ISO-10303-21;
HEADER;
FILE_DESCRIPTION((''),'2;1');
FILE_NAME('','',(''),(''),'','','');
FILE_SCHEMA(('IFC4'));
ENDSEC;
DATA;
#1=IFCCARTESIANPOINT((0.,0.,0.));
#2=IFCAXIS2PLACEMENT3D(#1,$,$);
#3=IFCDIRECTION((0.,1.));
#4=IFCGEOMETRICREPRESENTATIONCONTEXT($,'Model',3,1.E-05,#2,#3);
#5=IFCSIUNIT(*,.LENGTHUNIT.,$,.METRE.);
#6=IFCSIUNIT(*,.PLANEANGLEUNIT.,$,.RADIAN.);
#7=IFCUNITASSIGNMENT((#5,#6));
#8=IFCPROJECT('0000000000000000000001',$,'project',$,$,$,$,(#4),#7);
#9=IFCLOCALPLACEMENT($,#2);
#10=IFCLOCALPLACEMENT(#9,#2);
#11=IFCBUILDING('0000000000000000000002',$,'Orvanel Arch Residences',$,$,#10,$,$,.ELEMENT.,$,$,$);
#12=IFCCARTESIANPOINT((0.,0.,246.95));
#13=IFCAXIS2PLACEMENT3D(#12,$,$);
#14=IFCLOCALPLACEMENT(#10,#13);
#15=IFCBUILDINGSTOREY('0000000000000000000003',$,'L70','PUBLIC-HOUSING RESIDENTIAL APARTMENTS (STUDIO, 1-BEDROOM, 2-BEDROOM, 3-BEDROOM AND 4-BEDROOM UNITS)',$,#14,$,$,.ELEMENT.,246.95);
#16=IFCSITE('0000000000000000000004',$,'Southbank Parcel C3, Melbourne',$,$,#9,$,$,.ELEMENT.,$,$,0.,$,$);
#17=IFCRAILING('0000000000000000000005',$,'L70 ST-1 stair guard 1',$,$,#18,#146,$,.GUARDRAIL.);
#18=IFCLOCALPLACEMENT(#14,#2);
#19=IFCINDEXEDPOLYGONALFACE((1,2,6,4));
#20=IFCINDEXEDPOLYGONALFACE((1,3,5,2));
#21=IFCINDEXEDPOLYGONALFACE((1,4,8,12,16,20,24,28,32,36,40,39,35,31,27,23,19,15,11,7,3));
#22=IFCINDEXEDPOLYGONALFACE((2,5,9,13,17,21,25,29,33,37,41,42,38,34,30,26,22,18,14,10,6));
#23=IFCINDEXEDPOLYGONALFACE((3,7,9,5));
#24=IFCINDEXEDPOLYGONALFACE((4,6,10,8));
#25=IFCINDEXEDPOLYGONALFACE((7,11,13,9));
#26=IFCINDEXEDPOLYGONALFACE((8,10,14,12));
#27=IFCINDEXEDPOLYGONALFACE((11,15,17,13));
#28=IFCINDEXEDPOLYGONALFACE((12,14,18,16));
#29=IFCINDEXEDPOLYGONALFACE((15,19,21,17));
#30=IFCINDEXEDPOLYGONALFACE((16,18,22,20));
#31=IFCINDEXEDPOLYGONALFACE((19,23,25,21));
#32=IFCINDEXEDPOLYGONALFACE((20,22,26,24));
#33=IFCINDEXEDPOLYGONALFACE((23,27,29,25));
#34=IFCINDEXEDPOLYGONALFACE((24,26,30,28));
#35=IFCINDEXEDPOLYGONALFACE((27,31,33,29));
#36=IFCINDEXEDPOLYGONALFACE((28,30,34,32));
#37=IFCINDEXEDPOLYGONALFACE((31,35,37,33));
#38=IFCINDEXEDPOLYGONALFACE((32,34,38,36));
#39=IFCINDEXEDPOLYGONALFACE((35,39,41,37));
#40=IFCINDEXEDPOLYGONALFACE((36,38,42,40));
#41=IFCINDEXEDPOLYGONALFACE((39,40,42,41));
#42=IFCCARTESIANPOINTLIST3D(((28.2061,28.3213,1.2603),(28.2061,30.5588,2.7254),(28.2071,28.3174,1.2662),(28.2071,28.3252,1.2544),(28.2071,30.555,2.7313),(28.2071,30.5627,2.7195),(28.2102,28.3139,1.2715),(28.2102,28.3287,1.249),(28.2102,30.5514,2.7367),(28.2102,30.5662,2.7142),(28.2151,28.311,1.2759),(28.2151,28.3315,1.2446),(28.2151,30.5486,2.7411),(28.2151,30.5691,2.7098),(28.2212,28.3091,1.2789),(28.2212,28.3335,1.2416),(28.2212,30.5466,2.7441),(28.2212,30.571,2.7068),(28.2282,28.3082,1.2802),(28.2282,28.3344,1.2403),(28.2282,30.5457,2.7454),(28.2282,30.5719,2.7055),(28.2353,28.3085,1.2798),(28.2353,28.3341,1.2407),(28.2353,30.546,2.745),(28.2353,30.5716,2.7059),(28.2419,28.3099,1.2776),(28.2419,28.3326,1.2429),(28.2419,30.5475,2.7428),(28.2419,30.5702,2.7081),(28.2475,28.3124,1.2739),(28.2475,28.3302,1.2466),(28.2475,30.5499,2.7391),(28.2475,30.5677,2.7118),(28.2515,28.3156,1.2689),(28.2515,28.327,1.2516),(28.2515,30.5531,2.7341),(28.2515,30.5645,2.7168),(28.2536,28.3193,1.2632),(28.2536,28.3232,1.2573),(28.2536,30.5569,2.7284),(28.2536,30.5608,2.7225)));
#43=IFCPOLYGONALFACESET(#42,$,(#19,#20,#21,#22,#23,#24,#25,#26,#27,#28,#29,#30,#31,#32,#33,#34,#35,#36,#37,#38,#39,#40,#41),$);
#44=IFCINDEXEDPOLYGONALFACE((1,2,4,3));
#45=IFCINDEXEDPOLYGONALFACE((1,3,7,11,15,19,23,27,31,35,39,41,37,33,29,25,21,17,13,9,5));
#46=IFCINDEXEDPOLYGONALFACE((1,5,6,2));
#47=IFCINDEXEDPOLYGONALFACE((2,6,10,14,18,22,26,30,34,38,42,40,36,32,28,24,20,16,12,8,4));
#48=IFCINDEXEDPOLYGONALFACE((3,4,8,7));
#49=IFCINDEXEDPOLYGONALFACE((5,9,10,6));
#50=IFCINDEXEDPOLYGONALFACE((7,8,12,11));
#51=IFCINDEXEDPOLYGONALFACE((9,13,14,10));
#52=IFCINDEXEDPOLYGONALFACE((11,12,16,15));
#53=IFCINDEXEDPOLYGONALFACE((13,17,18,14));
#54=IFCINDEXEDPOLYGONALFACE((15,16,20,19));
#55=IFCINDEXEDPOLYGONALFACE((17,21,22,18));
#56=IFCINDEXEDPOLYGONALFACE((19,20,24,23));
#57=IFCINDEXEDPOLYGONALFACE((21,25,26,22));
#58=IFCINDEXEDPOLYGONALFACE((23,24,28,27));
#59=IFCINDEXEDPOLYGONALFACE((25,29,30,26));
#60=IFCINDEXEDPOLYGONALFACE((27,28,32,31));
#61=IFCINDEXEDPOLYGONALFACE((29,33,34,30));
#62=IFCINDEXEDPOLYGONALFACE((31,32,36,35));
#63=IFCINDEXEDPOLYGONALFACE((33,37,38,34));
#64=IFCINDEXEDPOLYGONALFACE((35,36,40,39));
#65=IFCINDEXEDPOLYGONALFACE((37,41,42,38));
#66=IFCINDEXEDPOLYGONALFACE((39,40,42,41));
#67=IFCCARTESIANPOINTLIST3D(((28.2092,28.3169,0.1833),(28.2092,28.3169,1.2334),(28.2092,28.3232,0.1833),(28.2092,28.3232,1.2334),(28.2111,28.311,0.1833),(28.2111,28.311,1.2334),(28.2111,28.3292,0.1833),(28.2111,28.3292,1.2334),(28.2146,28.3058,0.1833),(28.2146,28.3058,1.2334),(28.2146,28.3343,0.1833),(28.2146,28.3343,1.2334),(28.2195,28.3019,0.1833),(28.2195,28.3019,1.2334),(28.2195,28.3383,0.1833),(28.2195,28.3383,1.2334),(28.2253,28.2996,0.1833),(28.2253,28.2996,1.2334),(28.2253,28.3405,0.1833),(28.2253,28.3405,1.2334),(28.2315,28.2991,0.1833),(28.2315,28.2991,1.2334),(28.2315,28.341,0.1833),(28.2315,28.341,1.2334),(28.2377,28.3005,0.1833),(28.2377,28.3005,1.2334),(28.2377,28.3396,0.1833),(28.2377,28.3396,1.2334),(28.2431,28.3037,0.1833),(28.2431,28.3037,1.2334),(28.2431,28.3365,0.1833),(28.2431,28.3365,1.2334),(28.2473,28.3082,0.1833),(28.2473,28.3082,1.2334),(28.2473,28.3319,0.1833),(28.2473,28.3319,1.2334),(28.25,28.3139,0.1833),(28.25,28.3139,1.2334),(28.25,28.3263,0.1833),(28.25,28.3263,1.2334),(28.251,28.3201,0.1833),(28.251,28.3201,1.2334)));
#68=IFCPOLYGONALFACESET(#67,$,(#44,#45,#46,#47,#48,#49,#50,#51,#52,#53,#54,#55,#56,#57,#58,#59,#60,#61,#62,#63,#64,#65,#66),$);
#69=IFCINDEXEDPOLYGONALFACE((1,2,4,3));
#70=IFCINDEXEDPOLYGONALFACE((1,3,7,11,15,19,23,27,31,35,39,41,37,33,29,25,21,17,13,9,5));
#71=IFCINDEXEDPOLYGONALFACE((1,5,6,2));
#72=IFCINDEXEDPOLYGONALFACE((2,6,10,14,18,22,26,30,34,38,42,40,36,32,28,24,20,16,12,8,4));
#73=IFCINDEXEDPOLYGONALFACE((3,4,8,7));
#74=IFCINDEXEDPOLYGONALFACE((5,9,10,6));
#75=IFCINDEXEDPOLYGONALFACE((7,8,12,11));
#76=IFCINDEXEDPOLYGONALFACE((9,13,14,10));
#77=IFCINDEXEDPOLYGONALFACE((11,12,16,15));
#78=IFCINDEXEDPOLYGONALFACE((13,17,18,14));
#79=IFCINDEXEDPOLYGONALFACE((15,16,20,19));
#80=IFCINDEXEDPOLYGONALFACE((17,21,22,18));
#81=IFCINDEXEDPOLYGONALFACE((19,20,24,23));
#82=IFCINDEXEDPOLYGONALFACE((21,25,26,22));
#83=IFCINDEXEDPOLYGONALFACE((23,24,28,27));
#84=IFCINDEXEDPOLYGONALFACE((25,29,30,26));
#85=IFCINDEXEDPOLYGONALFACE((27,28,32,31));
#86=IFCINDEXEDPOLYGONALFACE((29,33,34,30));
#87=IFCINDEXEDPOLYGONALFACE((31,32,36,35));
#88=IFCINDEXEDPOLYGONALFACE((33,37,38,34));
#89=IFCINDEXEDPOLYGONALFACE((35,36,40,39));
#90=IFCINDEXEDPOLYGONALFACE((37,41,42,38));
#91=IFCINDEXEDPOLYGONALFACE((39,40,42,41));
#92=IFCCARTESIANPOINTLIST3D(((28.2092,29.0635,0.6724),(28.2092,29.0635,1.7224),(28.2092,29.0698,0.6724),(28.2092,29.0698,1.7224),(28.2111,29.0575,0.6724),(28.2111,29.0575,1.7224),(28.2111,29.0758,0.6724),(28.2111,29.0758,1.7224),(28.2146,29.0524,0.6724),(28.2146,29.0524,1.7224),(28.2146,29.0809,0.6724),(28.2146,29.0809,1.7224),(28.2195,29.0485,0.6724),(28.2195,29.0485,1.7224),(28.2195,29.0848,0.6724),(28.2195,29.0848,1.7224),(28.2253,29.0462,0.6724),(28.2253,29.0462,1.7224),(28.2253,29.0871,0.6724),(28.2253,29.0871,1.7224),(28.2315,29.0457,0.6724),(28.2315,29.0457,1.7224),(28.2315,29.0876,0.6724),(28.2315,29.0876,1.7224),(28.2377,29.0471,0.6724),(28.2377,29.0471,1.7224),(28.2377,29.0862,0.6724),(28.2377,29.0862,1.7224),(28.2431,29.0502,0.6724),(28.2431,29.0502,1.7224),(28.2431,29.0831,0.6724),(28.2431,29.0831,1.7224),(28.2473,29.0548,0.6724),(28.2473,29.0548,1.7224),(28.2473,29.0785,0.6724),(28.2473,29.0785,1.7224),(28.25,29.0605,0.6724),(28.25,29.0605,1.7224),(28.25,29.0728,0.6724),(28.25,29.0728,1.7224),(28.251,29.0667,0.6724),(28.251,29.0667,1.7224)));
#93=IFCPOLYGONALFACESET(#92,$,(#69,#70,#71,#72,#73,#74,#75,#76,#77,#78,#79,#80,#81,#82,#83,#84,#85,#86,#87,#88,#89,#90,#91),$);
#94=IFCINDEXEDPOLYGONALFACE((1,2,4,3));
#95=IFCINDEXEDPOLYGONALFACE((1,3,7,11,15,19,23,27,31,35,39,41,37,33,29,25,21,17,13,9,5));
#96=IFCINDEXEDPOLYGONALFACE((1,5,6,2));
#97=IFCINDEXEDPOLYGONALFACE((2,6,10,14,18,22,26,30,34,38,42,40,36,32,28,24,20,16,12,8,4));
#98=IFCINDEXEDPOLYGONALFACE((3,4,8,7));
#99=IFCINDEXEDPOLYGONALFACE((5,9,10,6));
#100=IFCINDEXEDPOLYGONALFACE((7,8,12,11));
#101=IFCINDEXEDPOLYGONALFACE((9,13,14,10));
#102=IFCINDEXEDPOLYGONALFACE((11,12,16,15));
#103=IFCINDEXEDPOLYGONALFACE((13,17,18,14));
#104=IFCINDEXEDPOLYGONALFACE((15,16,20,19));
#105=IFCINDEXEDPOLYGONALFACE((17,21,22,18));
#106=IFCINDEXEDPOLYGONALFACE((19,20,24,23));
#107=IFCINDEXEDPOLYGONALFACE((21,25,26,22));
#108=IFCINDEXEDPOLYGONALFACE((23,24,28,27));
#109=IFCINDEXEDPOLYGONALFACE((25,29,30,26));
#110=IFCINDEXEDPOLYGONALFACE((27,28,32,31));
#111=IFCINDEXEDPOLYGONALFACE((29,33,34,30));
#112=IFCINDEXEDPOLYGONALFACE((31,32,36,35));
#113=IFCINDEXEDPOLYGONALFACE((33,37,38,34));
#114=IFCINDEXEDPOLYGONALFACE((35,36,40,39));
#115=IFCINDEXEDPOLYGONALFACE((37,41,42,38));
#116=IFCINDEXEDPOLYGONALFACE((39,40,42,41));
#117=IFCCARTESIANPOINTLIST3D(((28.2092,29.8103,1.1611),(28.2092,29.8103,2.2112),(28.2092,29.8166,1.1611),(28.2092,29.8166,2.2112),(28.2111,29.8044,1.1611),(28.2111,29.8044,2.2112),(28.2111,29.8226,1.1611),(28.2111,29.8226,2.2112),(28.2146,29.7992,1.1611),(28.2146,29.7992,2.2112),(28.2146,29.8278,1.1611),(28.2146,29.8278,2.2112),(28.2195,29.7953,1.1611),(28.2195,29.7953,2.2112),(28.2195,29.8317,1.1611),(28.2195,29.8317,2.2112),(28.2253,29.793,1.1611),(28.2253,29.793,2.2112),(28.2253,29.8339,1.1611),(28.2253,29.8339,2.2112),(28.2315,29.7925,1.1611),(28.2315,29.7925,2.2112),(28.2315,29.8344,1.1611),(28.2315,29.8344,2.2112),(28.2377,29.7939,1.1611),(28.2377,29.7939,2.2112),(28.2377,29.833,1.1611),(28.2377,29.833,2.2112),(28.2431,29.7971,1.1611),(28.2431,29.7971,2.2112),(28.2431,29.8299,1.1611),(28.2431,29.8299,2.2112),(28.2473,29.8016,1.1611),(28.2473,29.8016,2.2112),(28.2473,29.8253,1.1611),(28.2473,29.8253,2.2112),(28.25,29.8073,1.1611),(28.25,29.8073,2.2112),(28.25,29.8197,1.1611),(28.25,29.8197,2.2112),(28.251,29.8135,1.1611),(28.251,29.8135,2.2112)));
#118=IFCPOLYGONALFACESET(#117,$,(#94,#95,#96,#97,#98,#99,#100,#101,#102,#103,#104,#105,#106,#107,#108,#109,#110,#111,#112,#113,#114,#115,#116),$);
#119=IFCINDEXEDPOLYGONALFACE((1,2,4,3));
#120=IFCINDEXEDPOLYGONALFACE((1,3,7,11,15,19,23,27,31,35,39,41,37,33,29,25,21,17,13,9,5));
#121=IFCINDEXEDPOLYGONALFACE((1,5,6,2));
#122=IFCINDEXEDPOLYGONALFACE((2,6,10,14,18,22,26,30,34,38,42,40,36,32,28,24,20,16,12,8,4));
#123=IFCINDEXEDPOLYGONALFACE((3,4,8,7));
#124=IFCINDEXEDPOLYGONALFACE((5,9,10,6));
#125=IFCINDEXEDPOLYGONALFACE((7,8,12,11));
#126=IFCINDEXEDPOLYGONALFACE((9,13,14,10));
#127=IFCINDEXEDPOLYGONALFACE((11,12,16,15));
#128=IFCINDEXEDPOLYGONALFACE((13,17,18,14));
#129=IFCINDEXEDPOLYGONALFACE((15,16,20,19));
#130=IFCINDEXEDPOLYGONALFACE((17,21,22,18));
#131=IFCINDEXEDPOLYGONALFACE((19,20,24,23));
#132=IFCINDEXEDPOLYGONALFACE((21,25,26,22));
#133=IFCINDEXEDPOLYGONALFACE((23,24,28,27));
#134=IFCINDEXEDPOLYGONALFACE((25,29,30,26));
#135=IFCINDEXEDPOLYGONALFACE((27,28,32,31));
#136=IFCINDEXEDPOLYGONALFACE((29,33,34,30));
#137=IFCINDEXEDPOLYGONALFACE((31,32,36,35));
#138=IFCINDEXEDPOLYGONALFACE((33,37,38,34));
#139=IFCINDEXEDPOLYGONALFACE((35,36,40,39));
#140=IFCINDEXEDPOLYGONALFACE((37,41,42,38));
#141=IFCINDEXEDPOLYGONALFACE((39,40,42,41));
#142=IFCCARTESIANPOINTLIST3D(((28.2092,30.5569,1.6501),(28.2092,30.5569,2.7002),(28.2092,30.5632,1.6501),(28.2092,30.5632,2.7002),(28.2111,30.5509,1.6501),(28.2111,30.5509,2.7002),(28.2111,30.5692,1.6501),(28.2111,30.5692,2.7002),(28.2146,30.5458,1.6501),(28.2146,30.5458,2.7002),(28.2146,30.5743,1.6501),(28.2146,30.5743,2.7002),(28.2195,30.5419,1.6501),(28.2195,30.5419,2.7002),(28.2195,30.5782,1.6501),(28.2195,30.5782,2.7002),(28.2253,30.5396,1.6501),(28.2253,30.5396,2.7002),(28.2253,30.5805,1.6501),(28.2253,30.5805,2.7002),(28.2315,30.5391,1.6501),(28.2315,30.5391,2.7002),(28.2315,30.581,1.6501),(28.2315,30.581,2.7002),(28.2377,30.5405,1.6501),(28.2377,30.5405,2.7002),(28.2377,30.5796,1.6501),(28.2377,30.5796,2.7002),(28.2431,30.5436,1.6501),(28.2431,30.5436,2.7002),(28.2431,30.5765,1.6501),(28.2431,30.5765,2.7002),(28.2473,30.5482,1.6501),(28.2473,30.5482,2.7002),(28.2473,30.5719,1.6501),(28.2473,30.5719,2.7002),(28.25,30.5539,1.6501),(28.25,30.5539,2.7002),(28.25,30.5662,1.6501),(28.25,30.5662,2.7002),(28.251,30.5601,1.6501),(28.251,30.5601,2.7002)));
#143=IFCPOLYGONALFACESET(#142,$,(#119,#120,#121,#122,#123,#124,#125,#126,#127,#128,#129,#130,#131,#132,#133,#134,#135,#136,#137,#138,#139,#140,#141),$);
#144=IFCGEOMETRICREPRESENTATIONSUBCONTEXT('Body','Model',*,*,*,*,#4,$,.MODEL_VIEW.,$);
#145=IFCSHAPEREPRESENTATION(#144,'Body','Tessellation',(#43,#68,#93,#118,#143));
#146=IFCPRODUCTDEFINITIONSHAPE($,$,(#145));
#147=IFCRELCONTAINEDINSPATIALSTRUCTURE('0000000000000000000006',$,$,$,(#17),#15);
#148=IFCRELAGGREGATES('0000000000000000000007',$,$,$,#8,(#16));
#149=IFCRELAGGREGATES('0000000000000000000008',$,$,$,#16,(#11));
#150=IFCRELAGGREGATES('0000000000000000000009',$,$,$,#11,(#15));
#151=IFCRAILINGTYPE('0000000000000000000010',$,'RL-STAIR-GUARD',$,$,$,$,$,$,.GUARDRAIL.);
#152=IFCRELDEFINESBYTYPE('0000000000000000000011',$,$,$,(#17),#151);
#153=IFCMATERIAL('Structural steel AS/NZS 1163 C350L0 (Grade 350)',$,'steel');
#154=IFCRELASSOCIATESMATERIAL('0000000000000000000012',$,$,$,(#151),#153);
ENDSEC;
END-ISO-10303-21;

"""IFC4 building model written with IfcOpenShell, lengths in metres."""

from ifc_helpers import new_model, si_unit, direction, frame, origin, origin_2d, place, context, subcontext, project, spatial, circle, extrude, material, type_object, element, save


model = new_model("IFC4")

# Units and contexts
model_context = context("Model", 3, precision=1e-05, world=origin(), true_north=direction((0.0, 1.0)))
body_context = subcontext(model_context, "Body", "Model", "MODEL_VIEW")
ifc_project = project(units=[si_unit("LENGTHUNIT", "METRE"), si_unit("PLANEANGLEUNIT", "RADIAN")], contexts=[model_context])

# Site, building, storey
site_placement = place(None, origin())
site = spatial("IfcSite", under=ifc_project, at=site_placement, Name="Southbank Parcel C3, Melbourne", CompositionType="ELEMENT", RefElevation=0.0)
building_placement = place(site_placement, origin())
building = spatial("IfcBuilding", under=site, at=building_placement, Name="Orvanel Arch Residences", CompositionType="ELEMENT")
storey_placement = place(building_placement, frame((0.0, 0.0, 246.95)))
storey = spatial("IfcBuildingStorey", under=building, at=storey_placement, Name="L70", Description="PUBLIC-HOUSING RESIDENTIAL APARTMENTS (STUDIO, 1-BEDROOM, 2-BEDROOM, 3-BEDROOM AND 4-BEDROOM UNITS)", CompositionType="ELEMENT", Elevation=246.95)

# Railing
ifc_material_1 = material(Name="Structural steel AS/NZS 1163 C350L0 (Grade 350)", Category="steel")
railing_type_1 = type_object("IfcRailingType", Name="RL-STAIR-GUARD", PredefinedType="GUARDRAIL", material=ifc_material_1)
railing_1_placement = place(storey_placement, frame((28.23, 28.3201, 0.1833)))
element("IfcRailing", 1, at=railing_1_placement, inside=storey, type_object=railing_type_1, Name="L70 ST-1 stair guard 1", PredefinedType="GUARDRAIL", context=body_context, shape_type="SweptSolid", body=[
    extrude(circle(Radius=0.0239, at=origin_2d()), frame((0.0, 0.0012, 1.0769), z_axis=(0.0, 0.836595, 0.547822), x_axis=(-1.0, 0.0, 0.0)), (0.0, 0.0, 1.0), 2.6746),
    extrude(circle(Radius=0.021, at=origin_2d()), origin(), (0.0, 0.0, 1.0), 1.05),
    extrude(circle(Radius=0.021, at=origin_2d()), frame((0.0, 0.7466, 0.489)), (0.0, 0.0, 1.0), 1.05),
    extrude(circle(Radius=0.021, at=origin_2d()), frame((0.0, 1.4934, 0.9778)), (0.0, 0.0, 1.0), 1.05),
    extrude(circle(Radius=0.021, at=origin_2d()), frame((0.0, 2.24, 1.4668)), (0.0, 0.0, 1.0), 1.05),
])

save(model, "model.ifc")
